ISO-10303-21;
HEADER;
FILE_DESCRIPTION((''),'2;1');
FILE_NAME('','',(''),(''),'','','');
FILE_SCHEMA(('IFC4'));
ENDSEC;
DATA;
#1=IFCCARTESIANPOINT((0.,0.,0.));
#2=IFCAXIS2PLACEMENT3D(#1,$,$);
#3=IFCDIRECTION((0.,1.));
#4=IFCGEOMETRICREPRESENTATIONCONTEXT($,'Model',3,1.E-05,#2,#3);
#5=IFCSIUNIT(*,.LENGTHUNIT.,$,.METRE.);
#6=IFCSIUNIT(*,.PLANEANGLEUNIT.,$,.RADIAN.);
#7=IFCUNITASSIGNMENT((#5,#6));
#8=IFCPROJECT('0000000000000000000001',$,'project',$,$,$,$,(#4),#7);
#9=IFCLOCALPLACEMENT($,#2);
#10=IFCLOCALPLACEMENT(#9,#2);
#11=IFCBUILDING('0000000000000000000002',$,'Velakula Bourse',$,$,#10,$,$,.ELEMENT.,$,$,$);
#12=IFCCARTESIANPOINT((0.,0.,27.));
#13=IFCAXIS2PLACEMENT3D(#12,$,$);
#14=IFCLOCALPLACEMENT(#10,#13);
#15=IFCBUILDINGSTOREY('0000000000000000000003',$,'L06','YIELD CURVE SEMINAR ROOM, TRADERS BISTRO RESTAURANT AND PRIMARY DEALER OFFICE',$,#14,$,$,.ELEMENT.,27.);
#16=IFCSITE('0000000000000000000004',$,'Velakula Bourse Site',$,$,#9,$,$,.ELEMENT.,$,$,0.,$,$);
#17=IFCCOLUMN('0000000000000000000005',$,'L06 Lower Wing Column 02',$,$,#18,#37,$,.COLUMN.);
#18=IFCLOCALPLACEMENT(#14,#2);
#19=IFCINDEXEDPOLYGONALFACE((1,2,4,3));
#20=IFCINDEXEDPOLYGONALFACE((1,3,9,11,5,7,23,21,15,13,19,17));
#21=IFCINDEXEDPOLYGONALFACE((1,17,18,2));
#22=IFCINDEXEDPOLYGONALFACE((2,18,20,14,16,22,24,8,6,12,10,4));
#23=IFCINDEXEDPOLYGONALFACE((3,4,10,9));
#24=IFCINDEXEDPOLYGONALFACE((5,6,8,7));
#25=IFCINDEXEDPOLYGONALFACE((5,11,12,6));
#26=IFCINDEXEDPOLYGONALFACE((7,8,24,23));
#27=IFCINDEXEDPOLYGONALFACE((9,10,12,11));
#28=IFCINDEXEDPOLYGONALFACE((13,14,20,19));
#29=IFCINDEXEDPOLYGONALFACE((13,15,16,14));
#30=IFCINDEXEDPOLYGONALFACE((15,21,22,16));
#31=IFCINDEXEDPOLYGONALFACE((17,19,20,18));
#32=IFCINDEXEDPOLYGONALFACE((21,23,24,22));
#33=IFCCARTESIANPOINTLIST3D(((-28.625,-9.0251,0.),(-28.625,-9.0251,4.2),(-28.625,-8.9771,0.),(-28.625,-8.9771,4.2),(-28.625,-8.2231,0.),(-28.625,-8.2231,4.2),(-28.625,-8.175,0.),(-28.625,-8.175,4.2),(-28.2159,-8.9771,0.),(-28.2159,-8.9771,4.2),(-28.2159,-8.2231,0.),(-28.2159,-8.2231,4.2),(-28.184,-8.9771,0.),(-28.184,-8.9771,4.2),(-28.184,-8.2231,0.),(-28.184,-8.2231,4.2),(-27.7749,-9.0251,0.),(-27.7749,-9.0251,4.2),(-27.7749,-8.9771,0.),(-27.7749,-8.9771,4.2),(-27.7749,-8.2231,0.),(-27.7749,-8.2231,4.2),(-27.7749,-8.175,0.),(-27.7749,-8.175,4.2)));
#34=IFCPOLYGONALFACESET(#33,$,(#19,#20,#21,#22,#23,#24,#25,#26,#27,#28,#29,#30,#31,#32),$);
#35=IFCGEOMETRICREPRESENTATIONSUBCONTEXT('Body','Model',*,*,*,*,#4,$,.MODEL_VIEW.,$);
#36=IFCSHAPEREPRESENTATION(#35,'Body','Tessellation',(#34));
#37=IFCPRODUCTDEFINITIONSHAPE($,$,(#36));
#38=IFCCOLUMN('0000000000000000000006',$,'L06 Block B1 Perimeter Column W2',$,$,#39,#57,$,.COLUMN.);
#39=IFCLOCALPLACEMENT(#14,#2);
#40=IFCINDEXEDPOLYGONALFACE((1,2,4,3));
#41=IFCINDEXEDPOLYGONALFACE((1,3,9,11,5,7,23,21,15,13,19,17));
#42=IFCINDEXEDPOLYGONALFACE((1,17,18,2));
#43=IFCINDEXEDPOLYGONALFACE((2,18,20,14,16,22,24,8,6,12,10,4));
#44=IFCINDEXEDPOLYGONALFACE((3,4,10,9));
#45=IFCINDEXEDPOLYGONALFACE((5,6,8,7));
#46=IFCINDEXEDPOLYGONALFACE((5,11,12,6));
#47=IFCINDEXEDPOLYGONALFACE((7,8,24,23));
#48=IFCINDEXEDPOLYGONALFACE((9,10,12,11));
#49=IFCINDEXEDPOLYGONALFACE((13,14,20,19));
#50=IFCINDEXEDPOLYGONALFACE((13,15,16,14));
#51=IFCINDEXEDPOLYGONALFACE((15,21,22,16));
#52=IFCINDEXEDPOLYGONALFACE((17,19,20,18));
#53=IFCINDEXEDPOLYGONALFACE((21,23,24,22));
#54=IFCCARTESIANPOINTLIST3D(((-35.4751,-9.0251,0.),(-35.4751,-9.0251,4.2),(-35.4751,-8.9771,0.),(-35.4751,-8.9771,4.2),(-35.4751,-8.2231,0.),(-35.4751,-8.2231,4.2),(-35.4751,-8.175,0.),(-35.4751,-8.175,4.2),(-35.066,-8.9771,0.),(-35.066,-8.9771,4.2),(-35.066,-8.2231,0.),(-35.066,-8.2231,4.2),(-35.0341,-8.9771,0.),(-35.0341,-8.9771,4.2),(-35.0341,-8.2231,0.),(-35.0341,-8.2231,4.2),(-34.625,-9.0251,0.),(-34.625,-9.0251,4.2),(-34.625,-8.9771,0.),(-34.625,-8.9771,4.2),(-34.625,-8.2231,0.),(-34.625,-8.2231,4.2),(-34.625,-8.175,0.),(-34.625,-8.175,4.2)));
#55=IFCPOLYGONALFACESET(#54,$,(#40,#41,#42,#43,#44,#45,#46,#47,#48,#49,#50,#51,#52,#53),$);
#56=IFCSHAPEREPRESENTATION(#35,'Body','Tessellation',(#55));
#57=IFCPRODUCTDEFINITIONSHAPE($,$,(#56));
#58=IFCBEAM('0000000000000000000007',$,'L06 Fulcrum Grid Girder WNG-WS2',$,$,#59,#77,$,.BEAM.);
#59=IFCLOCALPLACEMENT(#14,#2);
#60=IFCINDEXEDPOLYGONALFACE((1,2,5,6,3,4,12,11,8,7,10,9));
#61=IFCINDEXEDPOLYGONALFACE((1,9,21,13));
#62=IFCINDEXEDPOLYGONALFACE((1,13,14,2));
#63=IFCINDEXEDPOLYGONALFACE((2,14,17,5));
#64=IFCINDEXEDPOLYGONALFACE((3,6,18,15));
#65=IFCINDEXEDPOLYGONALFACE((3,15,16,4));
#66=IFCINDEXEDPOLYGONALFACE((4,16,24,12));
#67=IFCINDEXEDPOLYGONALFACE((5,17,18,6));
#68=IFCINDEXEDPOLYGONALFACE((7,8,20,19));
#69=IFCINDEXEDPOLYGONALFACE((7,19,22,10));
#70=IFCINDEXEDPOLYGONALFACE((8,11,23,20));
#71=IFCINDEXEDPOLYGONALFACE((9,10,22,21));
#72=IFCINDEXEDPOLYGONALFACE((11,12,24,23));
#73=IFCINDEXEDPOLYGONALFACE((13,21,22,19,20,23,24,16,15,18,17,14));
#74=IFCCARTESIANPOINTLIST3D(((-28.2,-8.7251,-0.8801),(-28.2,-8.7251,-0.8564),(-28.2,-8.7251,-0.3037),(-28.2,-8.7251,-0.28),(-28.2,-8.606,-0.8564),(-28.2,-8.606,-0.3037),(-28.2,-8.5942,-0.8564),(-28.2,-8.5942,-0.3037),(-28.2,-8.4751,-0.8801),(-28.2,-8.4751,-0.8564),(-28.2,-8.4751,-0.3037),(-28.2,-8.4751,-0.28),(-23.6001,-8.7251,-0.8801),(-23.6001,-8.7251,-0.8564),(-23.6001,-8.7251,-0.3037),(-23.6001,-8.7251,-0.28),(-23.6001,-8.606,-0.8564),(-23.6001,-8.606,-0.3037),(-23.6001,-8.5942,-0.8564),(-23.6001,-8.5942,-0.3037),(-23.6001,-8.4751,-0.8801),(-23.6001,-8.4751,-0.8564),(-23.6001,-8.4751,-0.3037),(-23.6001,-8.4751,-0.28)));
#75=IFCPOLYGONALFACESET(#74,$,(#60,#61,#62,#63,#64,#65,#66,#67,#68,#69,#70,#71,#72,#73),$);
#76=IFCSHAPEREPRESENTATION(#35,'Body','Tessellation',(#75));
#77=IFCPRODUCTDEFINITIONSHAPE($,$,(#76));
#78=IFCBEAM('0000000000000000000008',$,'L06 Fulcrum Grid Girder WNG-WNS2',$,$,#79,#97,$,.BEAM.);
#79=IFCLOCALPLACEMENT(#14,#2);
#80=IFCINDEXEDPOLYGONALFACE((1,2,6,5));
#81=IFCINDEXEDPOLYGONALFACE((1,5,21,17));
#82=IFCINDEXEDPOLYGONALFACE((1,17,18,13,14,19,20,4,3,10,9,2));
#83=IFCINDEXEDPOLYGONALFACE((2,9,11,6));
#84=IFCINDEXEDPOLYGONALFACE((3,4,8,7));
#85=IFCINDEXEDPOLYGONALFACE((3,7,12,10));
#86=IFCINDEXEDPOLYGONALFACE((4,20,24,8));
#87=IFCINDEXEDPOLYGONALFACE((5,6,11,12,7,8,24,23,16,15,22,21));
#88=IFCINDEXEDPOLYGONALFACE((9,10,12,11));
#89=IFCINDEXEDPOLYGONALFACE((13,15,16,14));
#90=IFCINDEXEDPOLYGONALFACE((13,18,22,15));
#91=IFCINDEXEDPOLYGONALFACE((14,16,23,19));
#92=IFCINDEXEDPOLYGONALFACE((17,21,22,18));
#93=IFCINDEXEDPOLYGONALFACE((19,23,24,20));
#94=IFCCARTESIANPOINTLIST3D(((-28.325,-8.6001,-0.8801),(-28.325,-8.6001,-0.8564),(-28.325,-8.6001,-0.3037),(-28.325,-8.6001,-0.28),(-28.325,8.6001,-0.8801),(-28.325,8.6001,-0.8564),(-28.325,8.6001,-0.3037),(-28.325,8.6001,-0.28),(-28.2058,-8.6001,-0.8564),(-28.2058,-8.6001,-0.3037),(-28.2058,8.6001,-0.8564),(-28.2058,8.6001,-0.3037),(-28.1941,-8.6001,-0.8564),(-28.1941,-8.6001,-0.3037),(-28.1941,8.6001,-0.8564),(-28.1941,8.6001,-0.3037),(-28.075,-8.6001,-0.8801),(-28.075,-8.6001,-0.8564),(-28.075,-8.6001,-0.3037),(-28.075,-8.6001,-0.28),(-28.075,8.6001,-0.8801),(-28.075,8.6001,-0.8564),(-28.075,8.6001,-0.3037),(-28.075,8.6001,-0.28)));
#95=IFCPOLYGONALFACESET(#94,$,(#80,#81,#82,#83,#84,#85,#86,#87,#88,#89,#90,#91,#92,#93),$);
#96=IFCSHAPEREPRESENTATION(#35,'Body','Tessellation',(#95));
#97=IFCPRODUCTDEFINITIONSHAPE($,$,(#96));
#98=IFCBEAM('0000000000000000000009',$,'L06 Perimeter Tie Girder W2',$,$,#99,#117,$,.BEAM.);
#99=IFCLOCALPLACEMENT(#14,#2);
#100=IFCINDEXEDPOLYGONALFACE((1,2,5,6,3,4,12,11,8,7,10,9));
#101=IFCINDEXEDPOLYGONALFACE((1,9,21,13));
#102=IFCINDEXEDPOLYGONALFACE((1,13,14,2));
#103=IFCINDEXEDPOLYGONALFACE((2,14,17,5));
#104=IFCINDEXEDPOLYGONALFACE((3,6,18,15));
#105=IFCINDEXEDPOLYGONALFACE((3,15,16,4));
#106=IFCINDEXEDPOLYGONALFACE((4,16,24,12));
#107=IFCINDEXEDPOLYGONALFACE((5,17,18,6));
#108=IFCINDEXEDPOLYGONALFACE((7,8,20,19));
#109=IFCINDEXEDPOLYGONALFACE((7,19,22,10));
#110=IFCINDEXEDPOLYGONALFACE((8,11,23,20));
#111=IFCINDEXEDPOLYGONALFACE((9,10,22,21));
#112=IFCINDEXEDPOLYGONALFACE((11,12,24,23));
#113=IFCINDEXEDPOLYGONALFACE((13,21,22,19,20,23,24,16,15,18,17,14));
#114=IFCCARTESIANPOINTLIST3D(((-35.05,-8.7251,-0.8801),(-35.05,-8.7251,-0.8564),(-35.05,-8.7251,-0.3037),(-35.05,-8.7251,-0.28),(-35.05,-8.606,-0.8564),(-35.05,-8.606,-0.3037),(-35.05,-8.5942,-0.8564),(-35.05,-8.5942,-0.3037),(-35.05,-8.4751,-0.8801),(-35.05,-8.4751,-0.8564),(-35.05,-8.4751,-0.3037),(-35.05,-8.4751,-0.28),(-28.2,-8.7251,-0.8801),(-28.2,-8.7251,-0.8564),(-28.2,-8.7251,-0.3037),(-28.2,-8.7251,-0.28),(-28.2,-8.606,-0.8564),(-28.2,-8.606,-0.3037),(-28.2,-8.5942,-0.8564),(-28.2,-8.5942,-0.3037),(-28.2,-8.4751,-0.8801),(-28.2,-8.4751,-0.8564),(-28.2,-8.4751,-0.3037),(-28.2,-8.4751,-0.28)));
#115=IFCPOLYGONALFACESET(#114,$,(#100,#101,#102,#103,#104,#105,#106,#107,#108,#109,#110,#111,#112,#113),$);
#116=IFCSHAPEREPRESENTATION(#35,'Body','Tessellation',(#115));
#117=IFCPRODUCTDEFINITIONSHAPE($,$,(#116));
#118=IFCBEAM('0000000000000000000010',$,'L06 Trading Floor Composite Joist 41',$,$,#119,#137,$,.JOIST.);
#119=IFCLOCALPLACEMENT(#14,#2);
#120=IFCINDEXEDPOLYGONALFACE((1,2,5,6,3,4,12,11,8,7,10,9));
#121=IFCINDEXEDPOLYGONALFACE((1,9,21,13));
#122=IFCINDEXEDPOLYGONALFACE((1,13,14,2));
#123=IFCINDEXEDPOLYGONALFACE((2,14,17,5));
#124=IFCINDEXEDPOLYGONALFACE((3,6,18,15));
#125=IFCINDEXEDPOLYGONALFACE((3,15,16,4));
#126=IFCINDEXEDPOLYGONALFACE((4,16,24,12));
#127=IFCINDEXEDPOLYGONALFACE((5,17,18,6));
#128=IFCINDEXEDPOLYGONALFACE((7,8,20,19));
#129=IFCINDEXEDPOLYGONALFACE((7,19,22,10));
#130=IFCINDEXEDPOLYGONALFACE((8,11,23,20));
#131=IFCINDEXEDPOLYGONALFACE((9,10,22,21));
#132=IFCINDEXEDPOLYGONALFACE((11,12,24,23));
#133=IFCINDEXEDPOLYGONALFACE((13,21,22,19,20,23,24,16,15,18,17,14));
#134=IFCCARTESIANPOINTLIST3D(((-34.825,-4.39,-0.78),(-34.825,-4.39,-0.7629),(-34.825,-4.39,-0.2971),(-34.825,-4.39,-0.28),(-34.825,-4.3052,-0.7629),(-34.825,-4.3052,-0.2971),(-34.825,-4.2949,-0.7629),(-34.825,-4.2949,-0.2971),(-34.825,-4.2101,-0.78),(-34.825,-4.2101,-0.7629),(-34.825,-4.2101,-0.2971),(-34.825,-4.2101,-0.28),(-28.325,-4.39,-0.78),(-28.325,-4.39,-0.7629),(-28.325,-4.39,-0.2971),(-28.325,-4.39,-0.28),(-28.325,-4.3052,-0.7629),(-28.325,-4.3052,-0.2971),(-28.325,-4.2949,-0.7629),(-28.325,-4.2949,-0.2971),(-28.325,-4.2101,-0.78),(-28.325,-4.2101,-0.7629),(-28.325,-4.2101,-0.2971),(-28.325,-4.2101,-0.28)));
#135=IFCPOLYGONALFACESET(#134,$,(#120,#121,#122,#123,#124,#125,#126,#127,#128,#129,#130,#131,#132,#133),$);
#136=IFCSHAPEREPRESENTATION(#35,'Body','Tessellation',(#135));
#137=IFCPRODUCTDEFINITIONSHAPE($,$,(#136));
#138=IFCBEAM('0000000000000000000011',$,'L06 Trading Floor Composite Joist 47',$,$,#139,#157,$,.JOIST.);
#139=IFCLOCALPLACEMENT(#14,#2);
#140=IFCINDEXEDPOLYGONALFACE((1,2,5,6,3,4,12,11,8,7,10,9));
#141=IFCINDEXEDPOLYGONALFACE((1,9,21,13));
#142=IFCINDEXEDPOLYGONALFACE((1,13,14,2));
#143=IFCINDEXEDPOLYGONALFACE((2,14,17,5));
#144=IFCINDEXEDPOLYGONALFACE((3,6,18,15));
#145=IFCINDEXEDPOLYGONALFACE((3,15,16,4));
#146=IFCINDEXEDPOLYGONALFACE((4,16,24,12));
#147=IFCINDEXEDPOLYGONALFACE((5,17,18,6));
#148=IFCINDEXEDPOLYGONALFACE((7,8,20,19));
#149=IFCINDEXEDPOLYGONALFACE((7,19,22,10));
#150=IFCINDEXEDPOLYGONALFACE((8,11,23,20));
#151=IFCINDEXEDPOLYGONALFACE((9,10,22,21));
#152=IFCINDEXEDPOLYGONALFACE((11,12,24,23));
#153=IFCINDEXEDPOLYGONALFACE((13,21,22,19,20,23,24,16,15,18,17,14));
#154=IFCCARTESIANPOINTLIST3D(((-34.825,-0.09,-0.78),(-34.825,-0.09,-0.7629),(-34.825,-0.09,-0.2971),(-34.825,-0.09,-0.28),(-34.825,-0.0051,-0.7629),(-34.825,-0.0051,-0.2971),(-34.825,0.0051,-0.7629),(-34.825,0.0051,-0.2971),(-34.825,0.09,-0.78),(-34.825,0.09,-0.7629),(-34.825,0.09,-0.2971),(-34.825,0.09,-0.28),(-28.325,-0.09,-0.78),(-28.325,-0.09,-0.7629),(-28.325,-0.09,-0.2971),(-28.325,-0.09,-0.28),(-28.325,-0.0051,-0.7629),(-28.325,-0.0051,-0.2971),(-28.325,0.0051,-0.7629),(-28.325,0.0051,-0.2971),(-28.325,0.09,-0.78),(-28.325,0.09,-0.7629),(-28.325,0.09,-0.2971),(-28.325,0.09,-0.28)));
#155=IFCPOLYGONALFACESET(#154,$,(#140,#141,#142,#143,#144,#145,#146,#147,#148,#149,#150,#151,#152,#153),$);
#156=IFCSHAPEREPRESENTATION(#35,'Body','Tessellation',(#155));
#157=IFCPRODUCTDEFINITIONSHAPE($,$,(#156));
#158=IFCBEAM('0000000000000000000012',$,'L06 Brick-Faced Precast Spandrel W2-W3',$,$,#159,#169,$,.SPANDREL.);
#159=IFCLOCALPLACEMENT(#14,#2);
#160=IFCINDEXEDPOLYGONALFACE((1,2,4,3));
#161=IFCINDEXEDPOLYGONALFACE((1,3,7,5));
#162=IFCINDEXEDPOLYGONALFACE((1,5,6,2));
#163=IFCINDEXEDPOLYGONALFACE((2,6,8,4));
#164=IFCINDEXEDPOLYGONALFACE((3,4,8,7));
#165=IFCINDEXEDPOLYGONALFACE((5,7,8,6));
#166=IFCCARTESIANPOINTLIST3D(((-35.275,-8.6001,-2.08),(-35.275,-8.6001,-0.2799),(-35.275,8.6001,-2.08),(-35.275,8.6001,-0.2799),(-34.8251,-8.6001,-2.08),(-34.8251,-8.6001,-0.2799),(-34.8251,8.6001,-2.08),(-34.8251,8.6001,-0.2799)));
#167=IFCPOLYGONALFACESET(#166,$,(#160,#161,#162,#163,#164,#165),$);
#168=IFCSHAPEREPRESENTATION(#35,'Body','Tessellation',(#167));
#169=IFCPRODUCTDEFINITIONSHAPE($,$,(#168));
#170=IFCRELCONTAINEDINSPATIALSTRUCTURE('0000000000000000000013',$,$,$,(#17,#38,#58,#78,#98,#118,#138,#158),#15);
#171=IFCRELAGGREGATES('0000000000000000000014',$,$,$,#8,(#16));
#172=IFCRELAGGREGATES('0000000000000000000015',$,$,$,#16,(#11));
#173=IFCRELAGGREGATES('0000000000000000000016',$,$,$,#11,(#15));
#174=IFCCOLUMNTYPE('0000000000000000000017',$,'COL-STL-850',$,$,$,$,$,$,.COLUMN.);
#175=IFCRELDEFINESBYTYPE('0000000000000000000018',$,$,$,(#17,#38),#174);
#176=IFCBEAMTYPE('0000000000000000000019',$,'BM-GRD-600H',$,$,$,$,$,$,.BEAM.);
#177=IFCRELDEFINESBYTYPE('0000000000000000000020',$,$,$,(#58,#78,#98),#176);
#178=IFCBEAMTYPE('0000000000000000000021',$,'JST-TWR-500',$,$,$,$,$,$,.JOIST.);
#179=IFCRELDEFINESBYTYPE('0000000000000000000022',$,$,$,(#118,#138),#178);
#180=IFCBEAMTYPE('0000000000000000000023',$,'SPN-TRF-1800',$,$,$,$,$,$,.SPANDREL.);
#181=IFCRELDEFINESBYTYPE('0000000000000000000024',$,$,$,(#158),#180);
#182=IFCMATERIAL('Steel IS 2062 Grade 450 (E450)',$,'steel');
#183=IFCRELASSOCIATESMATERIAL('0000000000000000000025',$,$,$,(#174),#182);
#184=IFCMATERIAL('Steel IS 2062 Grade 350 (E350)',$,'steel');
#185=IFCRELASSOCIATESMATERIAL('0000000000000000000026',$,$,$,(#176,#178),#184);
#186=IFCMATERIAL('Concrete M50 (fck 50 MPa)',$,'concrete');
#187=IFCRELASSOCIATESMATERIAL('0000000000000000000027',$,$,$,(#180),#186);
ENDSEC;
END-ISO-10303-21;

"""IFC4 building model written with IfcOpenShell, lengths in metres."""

from ifc_helpers import new_model, si_unit, direction, frame, origin, origin_2d, place, context, subcontext, project, spatial, rectangle, i_section, extrude, material, material_profile, profile_set, type_object, element, save


model = new_model("IFC4")

# Units and contexts
model_context = context("Model", 3, precision=1e-05, world=origin(), true_north=direction((0.0, 1.0)))
body_context = subcontext(model_context, "Body", "Model", "MODEL_VIEW")
ifc_project = project(units=[si_unit("LENGTHUNIT", "METRE"), si_unit("PLANEANGLEUNIT", "RADIAN")], contexts=[model_context])

# Site, building, storey
site_placement = place(None, origin())
site = spatial("IfcSite", under=ifc_project, at=site_placement, Name="Velakula Bourse Site", CompositionType="ELEMENT", RefElevation=0.0)
building_placement = place(site_placement, origin())
building = spatial("IfcBuilding", under=site, at=building_placement, Name="Velakula Bourse", CompositionType="ELEMENT")
storey_placement = place(building_placement, frame((0.0, 0.0, 27.0)))
storey = spatial("IfcBuildingStorey", under=building, at=storey_placement, Name="L06", Description="YIELD CURVE SEMINAR ROOM, TRADERS BISTRO RESTAURANT AND PRIMARY DEALER OFFICE", CompositionType="ELEMENT", Elevation=27.0)

# Columns
ifc_material_1 = material(Name="Steel IS 2062 Grade 450 (E450)", Category="steel")
ifc_material_profile_1 = material_profile(ifc_material_1, i_section(OverallWidth=0.8501, OverallDepth=0.8501, WebThickness=0.032, FlangeThickness=0.0481, at=origin_2d()), Name="Steel IS 2062 Grade 450 (E450)")
ifc_profile_set_1 = profile_set([ifc_material_profile_1], Name="Steel IS 2062 Grade 450 (E450)")
column_type = type_object("IfcColumnType", Name="COL-STL-850", PredefinedType="COLUMN", material=ifc_profile_set_1)
for number, where, z_axis, x_axis, name in (
    (1, (-28.2, -8.6001, 0.0), (0.0, 0.0, 1.0), (1.0, 0.0, 0.0), "L06 Lower Wing Column 02"),
    (2, (-35.05, -8.6001, 0.0), (0.0, 0.0, 1.0), (1.0, 0.0, 0.0), "L06 Block B1 Perimeter Column W2"),
):
    element("IfcColumn", number, at=place(storey_placement, frame(where, z_axis=z_axis, x_axis=x_axis)), inside=storey, type_object=column_type, Name=name, PredefinedType="COLUMN", context=body_context, shape_type="SweptSolid", body=[
        extrude(i_section(OverallWidth=0.8501, OverallDepth=0.8501, WebThickness=0.032, FlangeThickness=0.0481, at=origin_2d()), origin(), (0.0, 0.0, 1.0), 4.2),
    ])

# Beams
ifc_material_2 = material(Name="Steel IS 2062 Grade 350 (E350)", Category="steel")
ifc_material_profile_2 = material_profile(ifc_material_2, i_section(OverallWidth=0.25, OverallDepth=0.6001, WebThickness=0.0117, FlangeThickness=0.0237, at=origin_2d()), Name="Steel IS 2062 Grade 350 (E350)")
ifc_profile_set_2 = profile_set([ifc_material_profile_2], Name="Steel IS 2062 Grade 350 (E350)")
beam_type_1 = type_object("IfcBeamType", Name="BM-GRD-600H", PredefinedType="BEAM", material=ifc_profile_set_2)
beam_1_placement = place(storey_placement, frame((-28.2, -8.6001, -0.5801), z_axis=(1.0, 0.0, 0.0), x_axis=(0.0, 1.0, 0.0)))
element("IfcBeam", 3, at=beam_1_placement, inside=storey, type_object=beam_type_1, Name="L06 Fulcrum Grid Girder WNG-WS2", PredefinedType="BEAM", context=body_context, shape_type="SweptSolid", body=[
    extrude(i_section(OverallWidth=0.25, OverallDepth=0.6001, WebThickness=0.0117, FlangeThickness=0.0237, at=origin_2d()), origin(), (0.0, 0.0, 1.0), 4.5999),
])
beam_2_placement = place(storey_placement, frame((-28.2, -8.6001, -0.5801), z_axis=(0.0, 1.0, 0.0), x_axis=(-1.0, 0.0, 0.0)))
element("IfcBeam", 4, at=beam_2_placement, inside=storey, type_object=beam_type_1, Name="L06 Fulcrum Grid Girder WNG-WNS2", PredefinedType="BEAM", context=body_context, shape_type="SweptSolid", body=[
    extrude(i_section(OverallWidth=0.25, OverallDepth=0.6001, WebThickness=0.0117, FlangeThickness=0.0237, at=origin_2d()), origin(), (0.0, 0.0, 1.0), 17.2002),
])
beam_3_placement = place(storey_placement, frame((-28.2, -8.6001, -0.5801), z_axis=(-1.0, 0.0, 0.0), x_axis=(0.0, -1.0, 0.0)))
element("IfcBeam", 5, at=beam_3_placement, inside=storey, type_object=beam_type_1, Name="L06 Perimeter Tie Girder W2", PredefinedType="BEAM", context=body_context, shape_type="SweptSolid", body=[
    extrude(i_section(OverallWidth=0.25, OverallDepth=0.6001, WebThickness=0.0117, FlangeThickness=0.0237, at=origin_2d()), origin(), (0.0, 0.0, 1.0), 6.8501),
])
ifc_material_profile_3 = material_profile(ifc_material_2, i_section(OverallWidth=0.1799, OverallDepth=0.5, WebThickness=0.0103, FlangeThickness=0.0171, at=origin_2d()), Name="Steel IS 2062 Grade 350 (E350)")
ifc_profile_set_3 = profile_set([ifc_material_profile_3], Name="Steel IS 2062 Grade 350 (E350)")
beam_type_2 = type_object("IfcBeamType", Name="JST-TWR-500", PredefinedType="JOIST", material=ifc_profile_set_3)
for number, where, z_axis, x_axis, name in (
    (6, (-34.825, -4.3, -0.53), (1.0, 0.0, 0.0), (0.0, 1.0, 0.0), "L06 Trading Floor Composite Joist 41"),
    (7, (-34.825, 0.0, -0.53), (1.0, 0.0, 0.0), (0.0, 1.0, 0.0), "L06 Trading Floor Composite Joist 47"),
):
    element("IfcBeam", number, at=place(storey_placement, frame(where, z_axis=z_axis, x_axis=x_axis)), inside=storey, type_object=beam_type_2, Name=name, PredefinedType="JOIST", context=body_context, shape_type="SweptSolid", body=[
        extrude(i_section(OverallWidth=0.1799, OverallDepth=0.5, WebThickness=0.0103, FlangeThickness=0.0171, at=origin_2d()), origin(), (0.0, 0.0, 1.0), 6.5),
    ])
ifc_material_3 = material(Name="Concrete M50 (fck 50 MPa)", Category="concrete")
ifc_material_profile_4 = material_profile(ifc_material_3, rectangle(XDim=0.45, YDim=1.8, at=origin_2d()), Name="Concrete M50 (fck 50 MPa)")
ifc_profile_set_4 = profile_set([ifc_material_profile_4], Name="Concrete M50 (fck 50 MPa)")
beam_type_3 = type_object("IfcBeamType", Name="SPN-TRF-1800", PredefinedType="SPANDREL", material=ifc_profile_set_4)
beam_4_placement = place(storey_placement, frame((-35.05, -8.6001, -1.1799), z_axis=(0.0, 1.0, 0.0), x_axis=(-1.0, 0.0, 0.0)))
element("IfcBeam", 8, at=beam_4_placement, inside=storey, type_object=beam_type_3, Name="L06 Brick-Faced Precast Spandrel W2-W3", PredefinedType="SPANDREL", context=body_context, shape_type="SweptSolid", body=[
    extrude(rectangle(XDim=0.45, YDim=1.8, at=origin_2d()), origin(), (0.0, 0.0, 1.0), 17.2002),
])

save(model, "model.ifc")
